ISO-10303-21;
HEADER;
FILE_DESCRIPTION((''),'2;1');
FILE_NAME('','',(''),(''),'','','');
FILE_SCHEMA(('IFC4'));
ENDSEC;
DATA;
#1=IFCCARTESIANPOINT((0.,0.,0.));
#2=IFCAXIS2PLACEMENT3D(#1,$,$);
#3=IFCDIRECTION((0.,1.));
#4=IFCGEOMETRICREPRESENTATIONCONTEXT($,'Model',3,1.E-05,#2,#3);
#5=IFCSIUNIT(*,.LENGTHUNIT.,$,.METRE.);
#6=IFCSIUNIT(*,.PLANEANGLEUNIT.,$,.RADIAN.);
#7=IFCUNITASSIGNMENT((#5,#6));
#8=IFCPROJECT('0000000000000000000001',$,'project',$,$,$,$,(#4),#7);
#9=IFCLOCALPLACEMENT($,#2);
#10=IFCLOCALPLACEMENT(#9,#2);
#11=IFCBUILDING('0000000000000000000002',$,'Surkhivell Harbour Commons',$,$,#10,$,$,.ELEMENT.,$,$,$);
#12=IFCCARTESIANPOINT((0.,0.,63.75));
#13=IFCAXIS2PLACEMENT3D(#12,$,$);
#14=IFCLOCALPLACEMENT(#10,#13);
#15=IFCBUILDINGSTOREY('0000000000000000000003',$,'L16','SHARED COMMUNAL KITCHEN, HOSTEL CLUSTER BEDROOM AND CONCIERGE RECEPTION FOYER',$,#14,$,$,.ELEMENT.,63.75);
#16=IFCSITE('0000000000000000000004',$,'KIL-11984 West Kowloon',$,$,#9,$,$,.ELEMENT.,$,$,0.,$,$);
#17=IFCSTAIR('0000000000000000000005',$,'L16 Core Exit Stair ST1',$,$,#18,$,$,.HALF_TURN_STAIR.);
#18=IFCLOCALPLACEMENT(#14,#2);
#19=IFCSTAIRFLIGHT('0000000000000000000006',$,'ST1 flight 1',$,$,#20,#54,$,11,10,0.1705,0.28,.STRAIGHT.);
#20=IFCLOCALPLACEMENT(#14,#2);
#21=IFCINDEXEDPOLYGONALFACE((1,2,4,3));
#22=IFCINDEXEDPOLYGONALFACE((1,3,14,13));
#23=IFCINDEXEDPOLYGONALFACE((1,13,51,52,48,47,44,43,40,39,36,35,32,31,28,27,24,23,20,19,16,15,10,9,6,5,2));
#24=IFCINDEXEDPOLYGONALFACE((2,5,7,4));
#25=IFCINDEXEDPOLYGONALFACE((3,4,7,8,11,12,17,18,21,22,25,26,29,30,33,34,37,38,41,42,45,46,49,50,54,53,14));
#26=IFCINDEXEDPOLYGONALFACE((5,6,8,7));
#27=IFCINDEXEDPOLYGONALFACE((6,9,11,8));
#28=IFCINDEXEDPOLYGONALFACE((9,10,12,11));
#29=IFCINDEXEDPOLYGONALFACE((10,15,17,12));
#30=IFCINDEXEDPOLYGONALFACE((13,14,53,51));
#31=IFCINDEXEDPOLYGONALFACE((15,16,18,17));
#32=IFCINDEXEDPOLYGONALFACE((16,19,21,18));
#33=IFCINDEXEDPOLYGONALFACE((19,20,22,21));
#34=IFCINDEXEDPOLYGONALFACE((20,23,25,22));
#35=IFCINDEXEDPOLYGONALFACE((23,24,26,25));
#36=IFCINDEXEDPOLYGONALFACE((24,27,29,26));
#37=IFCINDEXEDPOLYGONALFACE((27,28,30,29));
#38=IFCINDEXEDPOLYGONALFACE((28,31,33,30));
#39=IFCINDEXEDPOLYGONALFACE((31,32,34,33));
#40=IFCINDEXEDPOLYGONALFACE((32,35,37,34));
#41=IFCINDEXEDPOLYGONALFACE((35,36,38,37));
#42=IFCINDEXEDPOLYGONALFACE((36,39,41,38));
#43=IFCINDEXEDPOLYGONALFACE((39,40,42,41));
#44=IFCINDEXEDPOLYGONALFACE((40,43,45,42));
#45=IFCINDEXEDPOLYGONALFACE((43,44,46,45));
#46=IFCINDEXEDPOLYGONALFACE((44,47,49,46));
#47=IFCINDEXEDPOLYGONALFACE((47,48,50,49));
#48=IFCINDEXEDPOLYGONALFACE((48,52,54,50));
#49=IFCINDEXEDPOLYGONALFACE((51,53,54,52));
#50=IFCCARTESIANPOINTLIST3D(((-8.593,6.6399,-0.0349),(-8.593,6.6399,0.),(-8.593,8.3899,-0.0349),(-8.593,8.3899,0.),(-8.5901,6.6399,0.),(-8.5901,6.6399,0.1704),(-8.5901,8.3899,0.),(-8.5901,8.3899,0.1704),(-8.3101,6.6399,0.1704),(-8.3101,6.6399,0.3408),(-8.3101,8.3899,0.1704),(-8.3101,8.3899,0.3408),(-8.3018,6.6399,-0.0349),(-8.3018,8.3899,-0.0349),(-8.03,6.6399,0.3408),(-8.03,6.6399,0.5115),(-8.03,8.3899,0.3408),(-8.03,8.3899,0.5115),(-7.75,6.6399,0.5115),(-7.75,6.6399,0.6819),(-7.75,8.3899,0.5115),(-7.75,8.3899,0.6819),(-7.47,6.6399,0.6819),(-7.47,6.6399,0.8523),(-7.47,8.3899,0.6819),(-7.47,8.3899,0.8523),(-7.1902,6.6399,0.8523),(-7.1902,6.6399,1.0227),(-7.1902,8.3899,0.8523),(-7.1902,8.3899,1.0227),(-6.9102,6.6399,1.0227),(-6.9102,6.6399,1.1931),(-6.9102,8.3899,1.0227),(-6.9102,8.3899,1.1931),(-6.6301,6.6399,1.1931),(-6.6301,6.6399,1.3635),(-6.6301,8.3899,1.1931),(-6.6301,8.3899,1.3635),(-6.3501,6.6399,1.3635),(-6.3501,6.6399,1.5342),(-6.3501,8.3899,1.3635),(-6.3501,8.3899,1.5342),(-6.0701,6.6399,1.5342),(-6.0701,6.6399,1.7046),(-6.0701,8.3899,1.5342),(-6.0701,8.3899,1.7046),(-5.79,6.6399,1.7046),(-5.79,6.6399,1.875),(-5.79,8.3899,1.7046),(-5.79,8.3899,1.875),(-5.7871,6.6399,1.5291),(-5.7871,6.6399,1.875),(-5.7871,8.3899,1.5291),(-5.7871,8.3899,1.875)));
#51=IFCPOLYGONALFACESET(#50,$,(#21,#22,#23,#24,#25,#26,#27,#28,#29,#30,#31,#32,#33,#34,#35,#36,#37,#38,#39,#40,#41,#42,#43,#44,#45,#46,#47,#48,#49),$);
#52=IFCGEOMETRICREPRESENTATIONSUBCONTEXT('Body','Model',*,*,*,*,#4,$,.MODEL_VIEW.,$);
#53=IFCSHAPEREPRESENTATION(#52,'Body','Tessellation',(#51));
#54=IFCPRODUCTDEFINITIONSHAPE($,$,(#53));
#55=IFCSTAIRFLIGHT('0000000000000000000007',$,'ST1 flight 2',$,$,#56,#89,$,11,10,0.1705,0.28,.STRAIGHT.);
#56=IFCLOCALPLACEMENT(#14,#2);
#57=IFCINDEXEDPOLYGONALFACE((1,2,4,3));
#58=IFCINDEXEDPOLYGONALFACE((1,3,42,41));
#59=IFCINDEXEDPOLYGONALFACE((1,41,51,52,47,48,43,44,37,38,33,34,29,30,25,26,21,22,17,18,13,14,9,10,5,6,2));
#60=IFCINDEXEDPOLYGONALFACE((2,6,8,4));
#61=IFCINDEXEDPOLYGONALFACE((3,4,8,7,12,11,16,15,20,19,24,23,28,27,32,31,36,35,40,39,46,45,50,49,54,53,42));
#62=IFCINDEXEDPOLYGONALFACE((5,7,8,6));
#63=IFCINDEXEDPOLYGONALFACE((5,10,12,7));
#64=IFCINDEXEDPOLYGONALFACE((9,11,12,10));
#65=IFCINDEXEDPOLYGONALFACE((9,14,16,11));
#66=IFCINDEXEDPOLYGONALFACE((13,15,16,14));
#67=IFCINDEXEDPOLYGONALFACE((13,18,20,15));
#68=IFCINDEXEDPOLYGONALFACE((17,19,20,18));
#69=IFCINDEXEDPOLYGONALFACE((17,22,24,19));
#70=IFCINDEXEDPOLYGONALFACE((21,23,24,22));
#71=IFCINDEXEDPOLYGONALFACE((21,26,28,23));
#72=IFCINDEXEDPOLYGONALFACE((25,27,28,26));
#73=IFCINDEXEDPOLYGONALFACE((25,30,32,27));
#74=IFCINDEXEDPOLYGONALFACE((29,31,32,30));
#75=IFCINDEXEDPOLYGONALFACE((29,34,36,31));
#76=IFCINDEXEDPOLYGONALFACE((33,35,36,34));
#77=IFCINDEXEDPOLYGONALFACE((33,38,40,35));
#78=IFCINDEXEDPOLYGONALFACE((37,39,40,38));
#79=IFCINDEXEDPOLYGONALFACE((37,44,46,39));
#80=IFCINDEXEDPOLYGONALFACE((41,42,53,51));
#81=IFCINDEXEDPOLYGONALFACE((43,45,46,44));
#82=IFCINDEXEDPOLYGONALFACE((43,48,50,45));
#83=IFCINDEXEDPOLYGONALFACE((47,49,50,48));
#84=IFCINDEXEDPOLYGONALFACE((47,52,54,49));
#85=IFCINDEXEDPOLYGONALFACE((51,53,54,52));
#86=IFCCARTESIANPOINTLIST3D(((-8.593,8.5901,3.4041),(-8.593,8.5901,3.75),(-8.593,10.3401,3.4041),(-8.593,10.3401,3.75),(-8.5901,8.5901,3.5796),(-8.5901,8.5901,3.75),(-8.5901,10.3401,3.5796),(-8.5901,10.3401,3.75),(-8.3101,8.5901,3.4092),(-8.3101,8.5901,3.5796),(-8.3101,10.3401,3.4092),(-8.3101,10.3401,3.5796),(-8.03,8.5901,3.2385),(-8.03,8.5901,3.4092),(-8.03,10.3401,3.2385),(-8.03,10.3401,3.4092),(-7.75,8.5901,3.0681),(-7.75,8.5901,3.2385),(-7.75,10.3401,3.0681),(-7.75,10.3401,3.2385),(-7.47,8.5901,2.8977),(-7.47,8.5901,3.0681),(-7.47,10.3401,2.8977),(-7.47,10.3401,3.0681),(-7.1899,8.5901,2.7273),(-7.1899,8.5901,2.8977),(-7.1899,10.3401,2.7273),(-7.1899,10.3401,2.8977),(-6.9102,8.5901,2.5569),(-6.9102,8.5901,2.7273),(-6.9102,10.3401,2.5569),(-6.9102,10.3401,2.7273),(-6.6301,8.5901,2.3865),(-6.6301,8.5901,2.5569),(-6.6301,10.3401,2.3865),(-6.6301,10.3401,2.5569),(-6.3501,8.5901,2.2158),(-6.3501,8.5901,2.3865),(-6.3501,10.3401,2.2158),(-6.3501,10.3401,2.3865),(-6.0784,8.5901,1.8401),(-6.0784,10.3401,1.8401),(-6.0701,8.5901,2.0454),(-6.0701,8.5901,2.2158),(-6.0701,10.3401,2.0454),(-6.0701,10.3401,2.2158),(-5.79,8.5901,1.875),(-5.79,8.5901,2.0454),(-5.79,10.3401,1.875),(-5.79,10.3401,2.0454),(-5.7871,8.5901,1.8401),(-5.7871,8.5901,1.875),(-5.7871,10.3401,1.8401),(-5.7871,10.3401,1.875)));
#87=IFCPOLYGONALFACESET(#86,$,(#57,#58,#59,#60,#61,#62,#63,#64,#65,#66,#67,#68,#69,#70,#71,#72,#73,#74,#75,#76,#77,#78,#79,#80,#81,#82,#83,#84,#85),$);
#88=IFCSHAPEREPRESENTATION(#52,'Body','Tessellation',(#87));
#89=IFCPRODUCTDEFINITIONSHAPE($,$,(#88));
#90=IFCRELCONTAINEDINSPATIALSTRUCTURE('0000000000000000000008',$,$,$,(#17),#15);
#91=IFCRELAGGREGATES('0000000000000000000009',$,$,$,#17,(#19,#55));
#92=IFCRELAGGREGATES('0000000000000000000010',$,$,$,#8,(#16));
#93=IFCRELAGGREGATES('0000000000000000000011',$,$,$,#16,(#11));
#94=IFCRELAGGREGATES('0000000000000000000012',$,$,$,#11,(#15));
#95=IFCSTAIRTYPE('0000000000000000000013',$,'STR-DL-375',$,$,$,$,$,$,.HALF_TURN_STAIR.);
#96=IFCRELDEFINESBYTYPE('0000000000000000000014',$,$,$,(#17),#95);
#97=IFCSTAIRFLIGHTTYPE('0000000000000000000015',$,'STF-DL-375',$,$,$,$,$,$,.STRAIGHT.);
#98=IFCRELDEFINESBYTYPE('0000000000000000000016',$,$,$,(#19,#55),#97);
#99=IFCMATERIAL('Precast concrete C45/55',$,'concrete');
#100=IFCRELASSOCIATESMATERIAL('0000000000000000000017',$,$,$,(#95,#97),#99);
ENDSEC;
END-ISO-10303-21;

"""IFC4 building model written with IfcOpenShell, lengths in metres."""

from ifc_helpers import new_model, si_unit, direction, frame, origin, place, context, subcontext, project, spatial, polyline, outline, extrude, material, type_object, element, aggregate, save


model = new_model("IFC4")

# Units and contexts
model_context = context("Model", 3, precision=1e-05, world=origin(), true_north=direction((0.0, 1.0)))
body_context = subcontext(model_context, "Body", "Model", "MODEL_VIEW")
ifc_project = project(units=[si_unit("LENGTHUNIT", "METRE"), si_unit("PLANEANGLEUNIT", "RADIAN")], contexts=[model_context])

# Site, building, storey
site_placement = place(None, origin())
site = spatial("IfcSite", under=ifc_project, at=site_placement, Name="KIL-11984 West Kowloon", CompositionType="ELEMENT", RefElevation=0.0)
building_placement = place(site_placement, origin())
building = spatial("IfcBuilding", under=site, at=building_placement, Name="Surkhivell Harbour Commons", CompositionType="ELEMENT")
storey_placement = place(building_placement, frame((0.0, 0.0, 63.75)))
storey = spatial("IfcBuildingStorey", under=building, at=storey_placement, Name="L16", Description="SHARED COMMUNAL KITCHEN, HOSTEL CLUSTER BEDROOM AND CONCIERGE RECEPTION FOYER", CompositionType="ELEMENT", Elevation=63.75)

# Stair, stair flights
ifc_material_1 = material(Name="Precast concrete C45/55", Category="concrete")
stair_type = type_object("IfcStairType", Name="STR-DL-375", PredefinedType="HALF_TURN_STAIR", material=ifc_material_1)
stair_placement = place(storey_placement, origin())
stair = element("IfcStair", 1, at=stair_placement, inside=storey, type_object=stair_type, Name="L16 Core Exit Stair ST1", PredefinedType="HALF_TURN_STAIR")
stair_flight_type = type_object("IfcStairFlightType", Name="STF-DL-375", PredefinedType="STRAIGHT", material=ifc_material_1)
stair_flight_1_placement = place(storey_placement, frame((-8.5901, 7.5149, 0.0), z_axis=(0.0, 0.0, 1.0), x_axis=(1.0, 0.0, 0.0)))
stair_flight_1 = element("IfcStairFlight", 2, at=stair_flight_1_placement, type_object=stair_flight_type, Name="ST1 flight 1", NumberOfRisers=11, NumberOfTreads=10, PredefinedType="STRAIGHT", RiserHeight=0.1705, TreadLength=0.28, context=body_context, shape_type="SweptSolid", body=[
    extrude(outline(polyline([(-0.0029, -0.0349), (-0.0029, 0.0), (0.0, 0.0), (0.0, 0.1704), (0.28, 0.1704), (0.28, 0.3408), (0.5601, 0.3408), (0.5601, 0.5115), (0.8401, 0.5115), (0.8401, 0.6819), (1.1201, 0.6819), (1.1201, 0.8523), (1.3999, 0.8523), (1.3999, 1.0227), (1.6799, 1.0227), (1.6799, 1.1931), (1.96, 1.1931), (1.96, 1.3635), (2.24, 1.3635), (2.24, 1.5342), (2.52, 1.5342), (2.52, 1.7046), (2.8, 1.7046), (2.8, 1.875), (2.803, 1.875), (2.803, 1.5291), (0.2883, -0.0349), (-0.0029, -0.0349)])), frame((0.0, 0.875, 0.0), z_axis=(0.0, -1.0, 0.0), x_axis=(1.0, 0.0, 0.0)), (0.0, 0.0, 1.0), 1.75),
])
stair_flight_2_placement = place(storey_placement, frame((-5.79, 9.4651, 1.875), z_axis=(0.0, 0.0, 1.0), x_axis=(-1.0, 0.0, 0.0)))
stair_flight_2 = element("IfcStairFlight", 3, at=stair_flight_2_placement, type_object=stair_flight_type, Name="ST1 flight 2", NumberOfRisers=11, NumberOfTreads=10, PredefinedType="STRAIGHT", RiserHeight=0.1705, TreadLength=0.28, context=body_context, shape_type="SweptSolid", body=[
    extrude(outline(polyline([(-0.0029, -0.0349), (-0.0029, 0.0), (0.0, 0.0), (0.0, 0.1704), (0.28, 0.1704), (0.28, 0.3408), (0.5601, 0.3408), (0.5601, 0.5115), (0.8401, 0.5115), (0.8401, 0.6819), (1.1201, 0.6819), (1.1201, 0.8523), (1.3999, 0.8523), (1.3999, 1.0227), (1.6799, 1.0227), (1.6799, 1.1931), (1.96, 1.1931), (1.96, 1.3635), (2.24, 1.3635), (2.24, 1.5342), (2.52, 1.5342), (2.52, 1.7046), (2.8, 1.7046), (2.8, 1.875), (2.803, 1.875), (2.803, 1.5291), (0.2883, -0.0349), (-0.0029, -0.0349)])), frame((0.0, 0.875, 0.0), z_axis=(0.0, -1.0, 0.0), x_axis=(1.0, 0.0, 0.0)), (0.0, 0.0, 1.0), 1.75),
])
aggregate(stair, [stair_flight_1, stair_flight_2])

save(model, "model.ifc")
